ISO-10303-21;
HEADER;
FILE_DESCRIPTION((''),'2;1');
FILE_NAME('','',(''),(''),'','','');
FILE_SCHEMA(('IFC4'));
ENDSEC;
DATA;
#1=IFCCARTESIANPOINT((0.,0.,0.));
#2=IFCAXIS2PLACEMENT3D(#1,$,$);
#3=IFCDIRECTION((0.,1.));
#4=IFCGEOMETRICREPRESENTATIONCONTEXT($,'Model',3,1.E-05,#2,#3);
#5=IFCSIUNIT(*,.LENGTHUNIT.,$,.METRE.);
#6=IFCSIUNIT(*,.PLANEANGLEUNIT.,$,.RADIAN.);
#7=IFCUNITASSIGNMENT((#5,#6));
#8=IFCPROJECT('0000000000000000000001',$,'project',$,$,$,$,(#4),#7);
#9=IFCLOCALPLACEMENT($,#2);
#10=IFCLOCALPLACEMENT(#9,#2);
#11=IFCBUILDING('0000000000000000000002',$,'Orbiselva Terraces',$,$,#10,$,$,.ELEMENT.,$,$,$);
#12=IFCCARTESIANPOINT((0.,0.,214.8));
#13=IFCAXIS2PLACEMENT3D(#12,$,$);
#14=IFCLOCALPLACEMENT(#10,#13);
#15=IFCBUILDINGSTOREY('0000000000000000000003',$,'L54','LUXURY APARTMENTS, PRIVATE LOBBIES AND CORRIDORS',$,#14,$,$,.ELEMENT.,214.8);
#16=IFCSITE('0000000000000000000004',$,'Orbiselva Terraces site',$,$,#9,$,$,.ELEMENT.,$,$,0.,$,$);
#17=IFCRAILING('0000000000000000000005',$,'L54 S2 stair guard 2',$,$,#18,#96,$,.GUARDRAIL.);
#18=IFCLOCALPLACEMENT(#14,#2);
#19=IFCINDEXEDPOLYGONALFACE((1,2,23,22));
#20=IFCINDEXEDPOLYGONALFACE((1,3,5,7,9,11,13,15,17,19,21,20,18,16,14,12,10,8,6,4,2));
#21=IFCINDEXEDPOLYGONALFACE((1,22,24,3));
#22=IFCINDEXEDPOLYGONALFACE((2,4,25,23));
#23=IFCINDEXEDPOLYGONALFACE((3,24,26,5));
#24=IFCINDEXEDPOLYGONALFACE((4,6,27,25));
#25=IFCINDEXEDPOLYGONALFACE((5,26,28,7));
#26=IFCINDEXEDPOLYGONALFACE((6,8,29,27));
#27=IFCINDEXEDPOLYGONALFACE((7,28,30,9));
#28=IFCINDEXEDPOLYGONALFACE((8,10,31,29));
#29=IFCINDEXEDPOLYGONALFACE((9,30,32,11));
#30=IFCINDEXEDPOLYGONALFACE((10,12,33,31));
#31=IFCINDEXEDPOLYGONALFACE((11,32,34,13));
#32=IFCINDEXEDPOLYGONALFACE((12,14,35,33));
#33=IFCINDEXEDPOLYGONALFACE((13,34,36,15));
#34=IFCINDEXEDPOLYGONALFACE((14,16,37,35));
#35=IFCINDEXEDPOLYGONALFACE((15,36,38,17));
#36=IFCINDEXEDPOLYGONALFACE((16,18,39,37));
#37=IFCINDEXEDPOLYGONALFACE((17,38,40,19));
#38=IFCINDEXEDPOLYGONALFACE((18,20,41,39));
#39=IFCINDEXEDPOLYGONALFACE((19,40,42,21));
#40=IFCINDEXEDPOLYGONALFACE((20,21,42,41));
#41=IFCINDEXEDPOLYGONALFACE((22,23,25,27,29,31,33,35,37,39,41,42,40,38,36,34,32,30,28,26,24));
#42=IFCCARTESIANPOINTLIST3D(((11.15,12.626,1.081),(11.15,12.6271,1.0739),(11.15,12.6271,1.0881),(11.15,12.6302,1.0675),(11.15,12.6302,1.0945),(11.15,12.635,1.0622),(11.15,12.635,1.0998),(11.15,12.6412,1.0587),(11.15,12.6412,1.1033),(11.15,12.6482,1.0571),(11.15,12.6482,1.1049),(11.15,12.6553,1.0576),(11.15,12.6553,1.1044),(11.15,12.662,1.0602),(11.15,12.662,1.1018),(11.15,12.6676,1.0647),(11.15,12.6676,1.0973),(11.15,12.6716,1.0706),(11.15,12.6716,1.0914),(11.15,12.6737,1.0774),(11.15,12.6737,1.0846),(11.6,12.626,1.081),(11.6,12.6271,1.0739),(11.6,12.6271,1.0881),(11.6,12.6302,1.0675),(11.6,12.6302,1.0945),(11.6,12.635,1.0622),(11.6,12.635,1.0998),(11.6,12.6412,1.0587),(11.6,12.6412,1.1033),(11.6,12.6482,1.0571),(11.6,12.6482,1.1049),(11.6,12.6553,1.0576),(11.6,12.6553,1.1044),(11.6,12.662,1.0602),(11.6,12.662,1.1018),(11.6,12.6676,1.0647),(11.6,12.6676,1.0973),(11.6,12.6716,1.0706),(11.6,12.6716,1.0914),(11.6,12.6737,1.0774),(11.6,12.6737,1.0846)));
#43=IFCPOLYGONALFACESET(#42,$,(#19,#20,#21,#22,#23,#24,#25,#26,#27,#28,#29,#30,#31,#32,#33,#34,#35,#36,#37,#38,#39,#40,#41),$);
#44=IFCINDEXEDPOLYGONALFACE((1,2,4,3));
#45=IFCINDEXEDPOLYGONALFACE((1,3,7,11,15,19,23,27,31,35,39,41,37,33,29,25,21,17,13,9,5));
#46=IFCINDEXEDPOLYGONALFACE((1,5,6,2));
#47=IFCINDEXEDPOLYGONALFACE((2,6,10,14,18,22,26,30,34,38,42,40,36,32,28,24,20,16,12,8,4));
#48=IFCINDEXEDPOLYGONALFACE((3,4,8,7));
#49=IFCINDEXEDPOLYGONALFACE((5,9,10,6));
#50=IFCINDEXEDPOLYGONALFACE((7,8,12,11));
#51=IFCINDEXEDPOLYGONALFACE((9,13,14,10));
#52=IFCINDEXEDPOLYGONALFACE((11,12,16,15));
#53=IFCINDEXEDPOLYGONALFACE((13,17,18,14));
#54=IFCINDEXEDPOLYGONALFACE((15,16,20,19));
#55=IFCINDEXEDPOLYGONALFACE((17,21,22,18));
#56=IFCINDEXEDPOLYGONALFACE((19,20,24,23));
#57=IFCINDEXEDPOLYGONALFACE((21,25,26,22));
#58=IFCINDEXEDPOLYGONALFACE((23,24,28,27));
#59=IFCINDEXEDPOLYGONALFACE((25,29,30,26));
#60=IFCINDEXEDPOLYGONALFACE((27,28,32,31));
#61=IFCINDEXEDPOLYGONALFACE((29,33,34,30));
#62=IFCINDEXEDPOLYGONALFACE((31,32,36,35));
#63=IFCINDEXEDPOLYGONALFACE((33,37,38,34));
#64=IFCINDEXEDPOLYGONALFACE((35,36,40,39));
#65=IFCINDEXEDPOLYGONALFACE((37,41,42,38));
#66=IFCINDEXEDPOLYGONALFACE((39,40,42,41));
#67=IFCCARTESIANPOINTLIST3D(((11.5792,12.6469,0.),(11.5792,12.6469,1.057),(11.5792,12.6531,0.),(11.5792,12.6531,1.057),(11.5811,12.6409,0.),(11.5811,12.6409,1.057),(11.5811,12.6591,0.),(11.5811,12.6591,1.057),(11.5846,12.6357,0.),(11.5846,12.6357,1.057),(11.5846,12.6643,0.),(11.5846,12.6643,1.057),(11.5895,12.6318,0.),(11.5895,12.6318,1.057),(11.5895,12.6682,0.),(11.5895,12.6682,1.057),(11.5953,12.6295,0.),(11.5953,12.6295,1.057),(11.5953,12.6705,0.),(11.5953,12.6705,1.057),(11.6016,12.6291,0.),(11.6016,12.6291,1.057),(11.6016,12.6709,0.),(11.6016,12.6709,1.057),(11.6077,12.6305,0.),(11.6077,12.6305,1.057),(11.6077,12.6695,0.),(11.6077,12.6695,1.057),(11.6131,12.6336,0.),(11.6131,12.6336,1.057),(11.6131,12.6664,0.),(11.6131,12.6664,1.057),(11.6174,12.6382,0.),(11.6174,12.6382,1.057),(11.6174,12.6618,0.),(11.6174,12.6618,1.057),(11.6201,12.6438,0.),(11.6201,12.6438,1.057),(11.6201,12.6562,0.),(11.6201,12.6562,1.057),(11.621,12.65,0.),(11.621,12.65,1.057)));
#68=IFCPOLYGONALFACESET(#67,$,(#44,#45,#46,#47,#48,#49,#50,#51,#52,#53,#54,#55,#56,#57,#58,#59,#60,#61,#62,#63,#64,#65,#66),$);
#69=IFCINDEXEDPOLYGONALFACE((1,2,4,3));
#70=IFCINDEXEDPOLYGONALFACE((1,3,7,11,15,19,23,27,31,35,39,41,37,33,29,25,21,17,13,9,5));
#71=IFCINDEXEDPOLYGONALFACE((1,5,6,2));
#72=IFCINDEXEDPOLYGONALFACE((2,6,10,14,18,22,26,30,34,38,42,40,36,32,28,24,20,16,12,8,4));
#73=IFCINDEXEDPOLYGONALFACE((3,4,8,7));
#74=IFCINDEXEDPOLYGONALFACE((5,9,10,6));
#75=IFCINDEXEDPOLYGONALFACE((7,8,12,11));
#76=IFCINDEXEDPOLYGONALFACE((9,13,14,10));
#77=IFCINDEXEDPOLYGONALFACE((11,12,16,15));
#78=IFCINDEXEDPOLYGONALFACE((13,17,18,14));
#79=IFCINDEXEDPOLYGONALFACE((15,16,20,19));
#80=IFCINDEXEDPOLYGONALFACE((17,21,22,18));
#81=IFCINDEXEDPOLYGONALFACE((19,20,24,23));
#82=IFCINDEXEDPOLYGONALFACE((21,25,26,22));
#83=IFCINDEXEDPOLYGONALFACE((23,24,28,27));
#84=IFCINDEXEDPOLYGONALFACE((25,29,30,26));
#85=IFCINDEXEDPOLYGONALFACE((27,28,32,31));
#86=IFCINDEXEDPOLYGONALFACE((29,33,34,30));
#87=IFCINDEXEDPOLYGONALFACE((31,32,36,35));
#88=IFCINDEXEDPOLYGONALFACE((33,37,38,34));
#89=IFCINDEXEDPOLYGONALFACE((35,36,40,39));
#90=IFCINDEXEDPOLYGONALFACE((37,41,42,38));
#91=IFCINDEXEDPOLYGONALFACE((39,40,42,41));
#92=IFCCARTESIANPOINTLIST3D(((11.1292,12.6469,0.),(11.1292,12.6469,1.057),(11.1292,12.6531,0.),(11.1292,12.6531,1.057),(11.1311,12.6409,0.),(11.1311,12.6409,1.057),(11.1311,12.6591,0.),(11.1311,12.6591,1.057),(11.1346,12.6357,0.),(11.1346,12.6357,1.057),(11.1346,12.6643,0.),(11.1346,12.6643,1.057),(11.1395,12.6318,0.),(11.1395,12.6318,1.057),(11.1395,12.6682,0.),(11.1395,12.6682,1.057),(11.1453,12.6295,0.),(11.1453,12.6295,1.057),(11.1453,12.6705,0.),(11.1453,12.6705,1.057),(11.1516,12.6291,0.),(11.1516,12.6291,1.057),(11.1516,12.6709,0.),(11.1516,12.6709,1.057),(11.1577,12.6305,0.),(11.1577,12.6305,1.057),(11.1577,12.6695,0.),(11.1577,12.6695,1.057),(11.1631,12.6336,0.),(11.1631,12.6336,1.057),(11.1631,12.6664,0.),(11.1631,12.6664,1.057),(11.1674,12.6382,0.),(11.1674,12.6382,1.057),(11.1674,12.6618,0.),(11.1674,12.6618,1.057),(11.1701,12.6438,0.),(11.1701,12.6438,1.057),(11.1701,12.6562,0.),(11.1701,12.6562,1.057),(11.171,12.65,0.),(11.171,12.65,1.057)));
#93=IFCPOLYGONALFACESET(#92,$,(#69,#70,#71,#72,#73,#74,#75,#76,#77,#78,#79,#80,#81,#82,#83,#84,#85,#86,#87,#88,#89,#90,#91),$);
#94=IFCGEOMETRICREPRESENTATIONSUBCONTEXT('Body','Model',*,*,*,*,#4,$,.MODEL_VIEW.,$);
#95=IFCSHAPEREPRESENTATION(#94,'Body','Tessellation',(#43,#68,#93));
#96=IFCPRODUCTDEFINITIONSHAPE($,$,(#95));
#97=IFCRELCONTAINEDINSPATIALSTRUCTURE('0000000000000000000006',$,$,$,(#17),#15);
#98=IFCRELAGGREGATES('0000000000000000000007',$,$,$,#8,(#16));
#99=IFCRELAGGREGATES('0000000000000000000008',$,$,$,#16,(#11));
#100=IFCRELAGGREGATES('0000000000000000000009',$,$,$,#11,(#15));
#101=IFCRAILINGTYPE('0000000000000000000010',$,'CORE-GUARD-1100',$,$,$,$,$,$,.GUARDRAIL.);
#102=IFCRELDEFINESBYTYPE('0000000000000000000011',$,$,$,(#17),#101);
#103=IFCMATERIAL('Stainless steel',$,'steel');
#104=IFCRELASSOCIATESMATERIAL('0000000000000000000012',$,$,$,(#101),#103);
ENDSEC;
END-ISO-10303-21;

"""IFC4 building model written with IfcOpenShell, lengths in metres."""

from ifc_helpers import new_model, si_unit, direction, frame, origin, origin_2d, place, context, subcontext, project, spatial, circle, extrude, material, type_object, element, save


model = new_model("IFC4")

# Units and contexts
model_context = context("Model", 3, precision=1e-05, world=origin(), true_north=direction((0.0, 1.0)))
body_context = subcontext(model_context, "Body", "Model", "MODEL_VIEW")
ifc_project = project(units=[si_unit("LENGTHUNIT", "METRE"), si_unit("PLANEANGLEUNIT", "RADIAN")], contexts=[model_context])

# Site, building, storey
site_placement = place(None, origin())
site = spatial("IfcSite", under=ifc_project, at=site_placement, Name="Orbiselva Terraces site", CompositionType="ELEMENT", RefElevation=0.0)
building_placement = place(site_placement, origin())
building = spatial("IfcBuilding", under=site, at=building_placement, Name="Orbiselva Terraces", CompositionType="ELEMENT")
storey_placement = place(building_placement, frame((0.0, 0.0, 214.8)))
storey = spatial("IfcBuildingStorey", under=building, at=storey_placement, Name="L54", Description="LUXURY APARTMENTS, PRIVATE LOBBIES AND CORRIDORS", CompositionType="ELEMENT", Elevation=214.8)

# Railing
ifc_material_1 = material(Name="Stainless steel", Category="steel")
railing_type = type_object("IfcRailingType", Name="CORE-GUARD-1100", PredefinedType="GUARDRAIL", material=ifc_material_1)
railing_1_placement = place(storey_placement, frame((11.6, 12.65, 0.0)))
element("IfcRailing", 1, at=railing_1_placement, inside=storey, type_object=railing_type, Name="L54 S2 stair guard 2", PredefinedType="GUARDRAIL", context=body_context, shape_type="SweptSolid", body=[
    extrude(circle(Radius=0.024, at=origin_2d()), frame((0.0, 0.0, 1.081), z_axis=(-1.0, 0.0, 0.0), x_axis=(0.0, -1.0, 0.0)), (0.0, 0.0, 1.0), 0.45),
    extrude(circle(Radius=0.021, at=origin_2d()), origin(), (0.0, 0.0, 1.0), 1.057),
    extrude(circle(Radius=0.021, at=origin_2d()), frame((-0.45, 0.0, 0.0)), (0.0, 0.0, 1.0), 1.057),
])

save(model, "model.ifc")
